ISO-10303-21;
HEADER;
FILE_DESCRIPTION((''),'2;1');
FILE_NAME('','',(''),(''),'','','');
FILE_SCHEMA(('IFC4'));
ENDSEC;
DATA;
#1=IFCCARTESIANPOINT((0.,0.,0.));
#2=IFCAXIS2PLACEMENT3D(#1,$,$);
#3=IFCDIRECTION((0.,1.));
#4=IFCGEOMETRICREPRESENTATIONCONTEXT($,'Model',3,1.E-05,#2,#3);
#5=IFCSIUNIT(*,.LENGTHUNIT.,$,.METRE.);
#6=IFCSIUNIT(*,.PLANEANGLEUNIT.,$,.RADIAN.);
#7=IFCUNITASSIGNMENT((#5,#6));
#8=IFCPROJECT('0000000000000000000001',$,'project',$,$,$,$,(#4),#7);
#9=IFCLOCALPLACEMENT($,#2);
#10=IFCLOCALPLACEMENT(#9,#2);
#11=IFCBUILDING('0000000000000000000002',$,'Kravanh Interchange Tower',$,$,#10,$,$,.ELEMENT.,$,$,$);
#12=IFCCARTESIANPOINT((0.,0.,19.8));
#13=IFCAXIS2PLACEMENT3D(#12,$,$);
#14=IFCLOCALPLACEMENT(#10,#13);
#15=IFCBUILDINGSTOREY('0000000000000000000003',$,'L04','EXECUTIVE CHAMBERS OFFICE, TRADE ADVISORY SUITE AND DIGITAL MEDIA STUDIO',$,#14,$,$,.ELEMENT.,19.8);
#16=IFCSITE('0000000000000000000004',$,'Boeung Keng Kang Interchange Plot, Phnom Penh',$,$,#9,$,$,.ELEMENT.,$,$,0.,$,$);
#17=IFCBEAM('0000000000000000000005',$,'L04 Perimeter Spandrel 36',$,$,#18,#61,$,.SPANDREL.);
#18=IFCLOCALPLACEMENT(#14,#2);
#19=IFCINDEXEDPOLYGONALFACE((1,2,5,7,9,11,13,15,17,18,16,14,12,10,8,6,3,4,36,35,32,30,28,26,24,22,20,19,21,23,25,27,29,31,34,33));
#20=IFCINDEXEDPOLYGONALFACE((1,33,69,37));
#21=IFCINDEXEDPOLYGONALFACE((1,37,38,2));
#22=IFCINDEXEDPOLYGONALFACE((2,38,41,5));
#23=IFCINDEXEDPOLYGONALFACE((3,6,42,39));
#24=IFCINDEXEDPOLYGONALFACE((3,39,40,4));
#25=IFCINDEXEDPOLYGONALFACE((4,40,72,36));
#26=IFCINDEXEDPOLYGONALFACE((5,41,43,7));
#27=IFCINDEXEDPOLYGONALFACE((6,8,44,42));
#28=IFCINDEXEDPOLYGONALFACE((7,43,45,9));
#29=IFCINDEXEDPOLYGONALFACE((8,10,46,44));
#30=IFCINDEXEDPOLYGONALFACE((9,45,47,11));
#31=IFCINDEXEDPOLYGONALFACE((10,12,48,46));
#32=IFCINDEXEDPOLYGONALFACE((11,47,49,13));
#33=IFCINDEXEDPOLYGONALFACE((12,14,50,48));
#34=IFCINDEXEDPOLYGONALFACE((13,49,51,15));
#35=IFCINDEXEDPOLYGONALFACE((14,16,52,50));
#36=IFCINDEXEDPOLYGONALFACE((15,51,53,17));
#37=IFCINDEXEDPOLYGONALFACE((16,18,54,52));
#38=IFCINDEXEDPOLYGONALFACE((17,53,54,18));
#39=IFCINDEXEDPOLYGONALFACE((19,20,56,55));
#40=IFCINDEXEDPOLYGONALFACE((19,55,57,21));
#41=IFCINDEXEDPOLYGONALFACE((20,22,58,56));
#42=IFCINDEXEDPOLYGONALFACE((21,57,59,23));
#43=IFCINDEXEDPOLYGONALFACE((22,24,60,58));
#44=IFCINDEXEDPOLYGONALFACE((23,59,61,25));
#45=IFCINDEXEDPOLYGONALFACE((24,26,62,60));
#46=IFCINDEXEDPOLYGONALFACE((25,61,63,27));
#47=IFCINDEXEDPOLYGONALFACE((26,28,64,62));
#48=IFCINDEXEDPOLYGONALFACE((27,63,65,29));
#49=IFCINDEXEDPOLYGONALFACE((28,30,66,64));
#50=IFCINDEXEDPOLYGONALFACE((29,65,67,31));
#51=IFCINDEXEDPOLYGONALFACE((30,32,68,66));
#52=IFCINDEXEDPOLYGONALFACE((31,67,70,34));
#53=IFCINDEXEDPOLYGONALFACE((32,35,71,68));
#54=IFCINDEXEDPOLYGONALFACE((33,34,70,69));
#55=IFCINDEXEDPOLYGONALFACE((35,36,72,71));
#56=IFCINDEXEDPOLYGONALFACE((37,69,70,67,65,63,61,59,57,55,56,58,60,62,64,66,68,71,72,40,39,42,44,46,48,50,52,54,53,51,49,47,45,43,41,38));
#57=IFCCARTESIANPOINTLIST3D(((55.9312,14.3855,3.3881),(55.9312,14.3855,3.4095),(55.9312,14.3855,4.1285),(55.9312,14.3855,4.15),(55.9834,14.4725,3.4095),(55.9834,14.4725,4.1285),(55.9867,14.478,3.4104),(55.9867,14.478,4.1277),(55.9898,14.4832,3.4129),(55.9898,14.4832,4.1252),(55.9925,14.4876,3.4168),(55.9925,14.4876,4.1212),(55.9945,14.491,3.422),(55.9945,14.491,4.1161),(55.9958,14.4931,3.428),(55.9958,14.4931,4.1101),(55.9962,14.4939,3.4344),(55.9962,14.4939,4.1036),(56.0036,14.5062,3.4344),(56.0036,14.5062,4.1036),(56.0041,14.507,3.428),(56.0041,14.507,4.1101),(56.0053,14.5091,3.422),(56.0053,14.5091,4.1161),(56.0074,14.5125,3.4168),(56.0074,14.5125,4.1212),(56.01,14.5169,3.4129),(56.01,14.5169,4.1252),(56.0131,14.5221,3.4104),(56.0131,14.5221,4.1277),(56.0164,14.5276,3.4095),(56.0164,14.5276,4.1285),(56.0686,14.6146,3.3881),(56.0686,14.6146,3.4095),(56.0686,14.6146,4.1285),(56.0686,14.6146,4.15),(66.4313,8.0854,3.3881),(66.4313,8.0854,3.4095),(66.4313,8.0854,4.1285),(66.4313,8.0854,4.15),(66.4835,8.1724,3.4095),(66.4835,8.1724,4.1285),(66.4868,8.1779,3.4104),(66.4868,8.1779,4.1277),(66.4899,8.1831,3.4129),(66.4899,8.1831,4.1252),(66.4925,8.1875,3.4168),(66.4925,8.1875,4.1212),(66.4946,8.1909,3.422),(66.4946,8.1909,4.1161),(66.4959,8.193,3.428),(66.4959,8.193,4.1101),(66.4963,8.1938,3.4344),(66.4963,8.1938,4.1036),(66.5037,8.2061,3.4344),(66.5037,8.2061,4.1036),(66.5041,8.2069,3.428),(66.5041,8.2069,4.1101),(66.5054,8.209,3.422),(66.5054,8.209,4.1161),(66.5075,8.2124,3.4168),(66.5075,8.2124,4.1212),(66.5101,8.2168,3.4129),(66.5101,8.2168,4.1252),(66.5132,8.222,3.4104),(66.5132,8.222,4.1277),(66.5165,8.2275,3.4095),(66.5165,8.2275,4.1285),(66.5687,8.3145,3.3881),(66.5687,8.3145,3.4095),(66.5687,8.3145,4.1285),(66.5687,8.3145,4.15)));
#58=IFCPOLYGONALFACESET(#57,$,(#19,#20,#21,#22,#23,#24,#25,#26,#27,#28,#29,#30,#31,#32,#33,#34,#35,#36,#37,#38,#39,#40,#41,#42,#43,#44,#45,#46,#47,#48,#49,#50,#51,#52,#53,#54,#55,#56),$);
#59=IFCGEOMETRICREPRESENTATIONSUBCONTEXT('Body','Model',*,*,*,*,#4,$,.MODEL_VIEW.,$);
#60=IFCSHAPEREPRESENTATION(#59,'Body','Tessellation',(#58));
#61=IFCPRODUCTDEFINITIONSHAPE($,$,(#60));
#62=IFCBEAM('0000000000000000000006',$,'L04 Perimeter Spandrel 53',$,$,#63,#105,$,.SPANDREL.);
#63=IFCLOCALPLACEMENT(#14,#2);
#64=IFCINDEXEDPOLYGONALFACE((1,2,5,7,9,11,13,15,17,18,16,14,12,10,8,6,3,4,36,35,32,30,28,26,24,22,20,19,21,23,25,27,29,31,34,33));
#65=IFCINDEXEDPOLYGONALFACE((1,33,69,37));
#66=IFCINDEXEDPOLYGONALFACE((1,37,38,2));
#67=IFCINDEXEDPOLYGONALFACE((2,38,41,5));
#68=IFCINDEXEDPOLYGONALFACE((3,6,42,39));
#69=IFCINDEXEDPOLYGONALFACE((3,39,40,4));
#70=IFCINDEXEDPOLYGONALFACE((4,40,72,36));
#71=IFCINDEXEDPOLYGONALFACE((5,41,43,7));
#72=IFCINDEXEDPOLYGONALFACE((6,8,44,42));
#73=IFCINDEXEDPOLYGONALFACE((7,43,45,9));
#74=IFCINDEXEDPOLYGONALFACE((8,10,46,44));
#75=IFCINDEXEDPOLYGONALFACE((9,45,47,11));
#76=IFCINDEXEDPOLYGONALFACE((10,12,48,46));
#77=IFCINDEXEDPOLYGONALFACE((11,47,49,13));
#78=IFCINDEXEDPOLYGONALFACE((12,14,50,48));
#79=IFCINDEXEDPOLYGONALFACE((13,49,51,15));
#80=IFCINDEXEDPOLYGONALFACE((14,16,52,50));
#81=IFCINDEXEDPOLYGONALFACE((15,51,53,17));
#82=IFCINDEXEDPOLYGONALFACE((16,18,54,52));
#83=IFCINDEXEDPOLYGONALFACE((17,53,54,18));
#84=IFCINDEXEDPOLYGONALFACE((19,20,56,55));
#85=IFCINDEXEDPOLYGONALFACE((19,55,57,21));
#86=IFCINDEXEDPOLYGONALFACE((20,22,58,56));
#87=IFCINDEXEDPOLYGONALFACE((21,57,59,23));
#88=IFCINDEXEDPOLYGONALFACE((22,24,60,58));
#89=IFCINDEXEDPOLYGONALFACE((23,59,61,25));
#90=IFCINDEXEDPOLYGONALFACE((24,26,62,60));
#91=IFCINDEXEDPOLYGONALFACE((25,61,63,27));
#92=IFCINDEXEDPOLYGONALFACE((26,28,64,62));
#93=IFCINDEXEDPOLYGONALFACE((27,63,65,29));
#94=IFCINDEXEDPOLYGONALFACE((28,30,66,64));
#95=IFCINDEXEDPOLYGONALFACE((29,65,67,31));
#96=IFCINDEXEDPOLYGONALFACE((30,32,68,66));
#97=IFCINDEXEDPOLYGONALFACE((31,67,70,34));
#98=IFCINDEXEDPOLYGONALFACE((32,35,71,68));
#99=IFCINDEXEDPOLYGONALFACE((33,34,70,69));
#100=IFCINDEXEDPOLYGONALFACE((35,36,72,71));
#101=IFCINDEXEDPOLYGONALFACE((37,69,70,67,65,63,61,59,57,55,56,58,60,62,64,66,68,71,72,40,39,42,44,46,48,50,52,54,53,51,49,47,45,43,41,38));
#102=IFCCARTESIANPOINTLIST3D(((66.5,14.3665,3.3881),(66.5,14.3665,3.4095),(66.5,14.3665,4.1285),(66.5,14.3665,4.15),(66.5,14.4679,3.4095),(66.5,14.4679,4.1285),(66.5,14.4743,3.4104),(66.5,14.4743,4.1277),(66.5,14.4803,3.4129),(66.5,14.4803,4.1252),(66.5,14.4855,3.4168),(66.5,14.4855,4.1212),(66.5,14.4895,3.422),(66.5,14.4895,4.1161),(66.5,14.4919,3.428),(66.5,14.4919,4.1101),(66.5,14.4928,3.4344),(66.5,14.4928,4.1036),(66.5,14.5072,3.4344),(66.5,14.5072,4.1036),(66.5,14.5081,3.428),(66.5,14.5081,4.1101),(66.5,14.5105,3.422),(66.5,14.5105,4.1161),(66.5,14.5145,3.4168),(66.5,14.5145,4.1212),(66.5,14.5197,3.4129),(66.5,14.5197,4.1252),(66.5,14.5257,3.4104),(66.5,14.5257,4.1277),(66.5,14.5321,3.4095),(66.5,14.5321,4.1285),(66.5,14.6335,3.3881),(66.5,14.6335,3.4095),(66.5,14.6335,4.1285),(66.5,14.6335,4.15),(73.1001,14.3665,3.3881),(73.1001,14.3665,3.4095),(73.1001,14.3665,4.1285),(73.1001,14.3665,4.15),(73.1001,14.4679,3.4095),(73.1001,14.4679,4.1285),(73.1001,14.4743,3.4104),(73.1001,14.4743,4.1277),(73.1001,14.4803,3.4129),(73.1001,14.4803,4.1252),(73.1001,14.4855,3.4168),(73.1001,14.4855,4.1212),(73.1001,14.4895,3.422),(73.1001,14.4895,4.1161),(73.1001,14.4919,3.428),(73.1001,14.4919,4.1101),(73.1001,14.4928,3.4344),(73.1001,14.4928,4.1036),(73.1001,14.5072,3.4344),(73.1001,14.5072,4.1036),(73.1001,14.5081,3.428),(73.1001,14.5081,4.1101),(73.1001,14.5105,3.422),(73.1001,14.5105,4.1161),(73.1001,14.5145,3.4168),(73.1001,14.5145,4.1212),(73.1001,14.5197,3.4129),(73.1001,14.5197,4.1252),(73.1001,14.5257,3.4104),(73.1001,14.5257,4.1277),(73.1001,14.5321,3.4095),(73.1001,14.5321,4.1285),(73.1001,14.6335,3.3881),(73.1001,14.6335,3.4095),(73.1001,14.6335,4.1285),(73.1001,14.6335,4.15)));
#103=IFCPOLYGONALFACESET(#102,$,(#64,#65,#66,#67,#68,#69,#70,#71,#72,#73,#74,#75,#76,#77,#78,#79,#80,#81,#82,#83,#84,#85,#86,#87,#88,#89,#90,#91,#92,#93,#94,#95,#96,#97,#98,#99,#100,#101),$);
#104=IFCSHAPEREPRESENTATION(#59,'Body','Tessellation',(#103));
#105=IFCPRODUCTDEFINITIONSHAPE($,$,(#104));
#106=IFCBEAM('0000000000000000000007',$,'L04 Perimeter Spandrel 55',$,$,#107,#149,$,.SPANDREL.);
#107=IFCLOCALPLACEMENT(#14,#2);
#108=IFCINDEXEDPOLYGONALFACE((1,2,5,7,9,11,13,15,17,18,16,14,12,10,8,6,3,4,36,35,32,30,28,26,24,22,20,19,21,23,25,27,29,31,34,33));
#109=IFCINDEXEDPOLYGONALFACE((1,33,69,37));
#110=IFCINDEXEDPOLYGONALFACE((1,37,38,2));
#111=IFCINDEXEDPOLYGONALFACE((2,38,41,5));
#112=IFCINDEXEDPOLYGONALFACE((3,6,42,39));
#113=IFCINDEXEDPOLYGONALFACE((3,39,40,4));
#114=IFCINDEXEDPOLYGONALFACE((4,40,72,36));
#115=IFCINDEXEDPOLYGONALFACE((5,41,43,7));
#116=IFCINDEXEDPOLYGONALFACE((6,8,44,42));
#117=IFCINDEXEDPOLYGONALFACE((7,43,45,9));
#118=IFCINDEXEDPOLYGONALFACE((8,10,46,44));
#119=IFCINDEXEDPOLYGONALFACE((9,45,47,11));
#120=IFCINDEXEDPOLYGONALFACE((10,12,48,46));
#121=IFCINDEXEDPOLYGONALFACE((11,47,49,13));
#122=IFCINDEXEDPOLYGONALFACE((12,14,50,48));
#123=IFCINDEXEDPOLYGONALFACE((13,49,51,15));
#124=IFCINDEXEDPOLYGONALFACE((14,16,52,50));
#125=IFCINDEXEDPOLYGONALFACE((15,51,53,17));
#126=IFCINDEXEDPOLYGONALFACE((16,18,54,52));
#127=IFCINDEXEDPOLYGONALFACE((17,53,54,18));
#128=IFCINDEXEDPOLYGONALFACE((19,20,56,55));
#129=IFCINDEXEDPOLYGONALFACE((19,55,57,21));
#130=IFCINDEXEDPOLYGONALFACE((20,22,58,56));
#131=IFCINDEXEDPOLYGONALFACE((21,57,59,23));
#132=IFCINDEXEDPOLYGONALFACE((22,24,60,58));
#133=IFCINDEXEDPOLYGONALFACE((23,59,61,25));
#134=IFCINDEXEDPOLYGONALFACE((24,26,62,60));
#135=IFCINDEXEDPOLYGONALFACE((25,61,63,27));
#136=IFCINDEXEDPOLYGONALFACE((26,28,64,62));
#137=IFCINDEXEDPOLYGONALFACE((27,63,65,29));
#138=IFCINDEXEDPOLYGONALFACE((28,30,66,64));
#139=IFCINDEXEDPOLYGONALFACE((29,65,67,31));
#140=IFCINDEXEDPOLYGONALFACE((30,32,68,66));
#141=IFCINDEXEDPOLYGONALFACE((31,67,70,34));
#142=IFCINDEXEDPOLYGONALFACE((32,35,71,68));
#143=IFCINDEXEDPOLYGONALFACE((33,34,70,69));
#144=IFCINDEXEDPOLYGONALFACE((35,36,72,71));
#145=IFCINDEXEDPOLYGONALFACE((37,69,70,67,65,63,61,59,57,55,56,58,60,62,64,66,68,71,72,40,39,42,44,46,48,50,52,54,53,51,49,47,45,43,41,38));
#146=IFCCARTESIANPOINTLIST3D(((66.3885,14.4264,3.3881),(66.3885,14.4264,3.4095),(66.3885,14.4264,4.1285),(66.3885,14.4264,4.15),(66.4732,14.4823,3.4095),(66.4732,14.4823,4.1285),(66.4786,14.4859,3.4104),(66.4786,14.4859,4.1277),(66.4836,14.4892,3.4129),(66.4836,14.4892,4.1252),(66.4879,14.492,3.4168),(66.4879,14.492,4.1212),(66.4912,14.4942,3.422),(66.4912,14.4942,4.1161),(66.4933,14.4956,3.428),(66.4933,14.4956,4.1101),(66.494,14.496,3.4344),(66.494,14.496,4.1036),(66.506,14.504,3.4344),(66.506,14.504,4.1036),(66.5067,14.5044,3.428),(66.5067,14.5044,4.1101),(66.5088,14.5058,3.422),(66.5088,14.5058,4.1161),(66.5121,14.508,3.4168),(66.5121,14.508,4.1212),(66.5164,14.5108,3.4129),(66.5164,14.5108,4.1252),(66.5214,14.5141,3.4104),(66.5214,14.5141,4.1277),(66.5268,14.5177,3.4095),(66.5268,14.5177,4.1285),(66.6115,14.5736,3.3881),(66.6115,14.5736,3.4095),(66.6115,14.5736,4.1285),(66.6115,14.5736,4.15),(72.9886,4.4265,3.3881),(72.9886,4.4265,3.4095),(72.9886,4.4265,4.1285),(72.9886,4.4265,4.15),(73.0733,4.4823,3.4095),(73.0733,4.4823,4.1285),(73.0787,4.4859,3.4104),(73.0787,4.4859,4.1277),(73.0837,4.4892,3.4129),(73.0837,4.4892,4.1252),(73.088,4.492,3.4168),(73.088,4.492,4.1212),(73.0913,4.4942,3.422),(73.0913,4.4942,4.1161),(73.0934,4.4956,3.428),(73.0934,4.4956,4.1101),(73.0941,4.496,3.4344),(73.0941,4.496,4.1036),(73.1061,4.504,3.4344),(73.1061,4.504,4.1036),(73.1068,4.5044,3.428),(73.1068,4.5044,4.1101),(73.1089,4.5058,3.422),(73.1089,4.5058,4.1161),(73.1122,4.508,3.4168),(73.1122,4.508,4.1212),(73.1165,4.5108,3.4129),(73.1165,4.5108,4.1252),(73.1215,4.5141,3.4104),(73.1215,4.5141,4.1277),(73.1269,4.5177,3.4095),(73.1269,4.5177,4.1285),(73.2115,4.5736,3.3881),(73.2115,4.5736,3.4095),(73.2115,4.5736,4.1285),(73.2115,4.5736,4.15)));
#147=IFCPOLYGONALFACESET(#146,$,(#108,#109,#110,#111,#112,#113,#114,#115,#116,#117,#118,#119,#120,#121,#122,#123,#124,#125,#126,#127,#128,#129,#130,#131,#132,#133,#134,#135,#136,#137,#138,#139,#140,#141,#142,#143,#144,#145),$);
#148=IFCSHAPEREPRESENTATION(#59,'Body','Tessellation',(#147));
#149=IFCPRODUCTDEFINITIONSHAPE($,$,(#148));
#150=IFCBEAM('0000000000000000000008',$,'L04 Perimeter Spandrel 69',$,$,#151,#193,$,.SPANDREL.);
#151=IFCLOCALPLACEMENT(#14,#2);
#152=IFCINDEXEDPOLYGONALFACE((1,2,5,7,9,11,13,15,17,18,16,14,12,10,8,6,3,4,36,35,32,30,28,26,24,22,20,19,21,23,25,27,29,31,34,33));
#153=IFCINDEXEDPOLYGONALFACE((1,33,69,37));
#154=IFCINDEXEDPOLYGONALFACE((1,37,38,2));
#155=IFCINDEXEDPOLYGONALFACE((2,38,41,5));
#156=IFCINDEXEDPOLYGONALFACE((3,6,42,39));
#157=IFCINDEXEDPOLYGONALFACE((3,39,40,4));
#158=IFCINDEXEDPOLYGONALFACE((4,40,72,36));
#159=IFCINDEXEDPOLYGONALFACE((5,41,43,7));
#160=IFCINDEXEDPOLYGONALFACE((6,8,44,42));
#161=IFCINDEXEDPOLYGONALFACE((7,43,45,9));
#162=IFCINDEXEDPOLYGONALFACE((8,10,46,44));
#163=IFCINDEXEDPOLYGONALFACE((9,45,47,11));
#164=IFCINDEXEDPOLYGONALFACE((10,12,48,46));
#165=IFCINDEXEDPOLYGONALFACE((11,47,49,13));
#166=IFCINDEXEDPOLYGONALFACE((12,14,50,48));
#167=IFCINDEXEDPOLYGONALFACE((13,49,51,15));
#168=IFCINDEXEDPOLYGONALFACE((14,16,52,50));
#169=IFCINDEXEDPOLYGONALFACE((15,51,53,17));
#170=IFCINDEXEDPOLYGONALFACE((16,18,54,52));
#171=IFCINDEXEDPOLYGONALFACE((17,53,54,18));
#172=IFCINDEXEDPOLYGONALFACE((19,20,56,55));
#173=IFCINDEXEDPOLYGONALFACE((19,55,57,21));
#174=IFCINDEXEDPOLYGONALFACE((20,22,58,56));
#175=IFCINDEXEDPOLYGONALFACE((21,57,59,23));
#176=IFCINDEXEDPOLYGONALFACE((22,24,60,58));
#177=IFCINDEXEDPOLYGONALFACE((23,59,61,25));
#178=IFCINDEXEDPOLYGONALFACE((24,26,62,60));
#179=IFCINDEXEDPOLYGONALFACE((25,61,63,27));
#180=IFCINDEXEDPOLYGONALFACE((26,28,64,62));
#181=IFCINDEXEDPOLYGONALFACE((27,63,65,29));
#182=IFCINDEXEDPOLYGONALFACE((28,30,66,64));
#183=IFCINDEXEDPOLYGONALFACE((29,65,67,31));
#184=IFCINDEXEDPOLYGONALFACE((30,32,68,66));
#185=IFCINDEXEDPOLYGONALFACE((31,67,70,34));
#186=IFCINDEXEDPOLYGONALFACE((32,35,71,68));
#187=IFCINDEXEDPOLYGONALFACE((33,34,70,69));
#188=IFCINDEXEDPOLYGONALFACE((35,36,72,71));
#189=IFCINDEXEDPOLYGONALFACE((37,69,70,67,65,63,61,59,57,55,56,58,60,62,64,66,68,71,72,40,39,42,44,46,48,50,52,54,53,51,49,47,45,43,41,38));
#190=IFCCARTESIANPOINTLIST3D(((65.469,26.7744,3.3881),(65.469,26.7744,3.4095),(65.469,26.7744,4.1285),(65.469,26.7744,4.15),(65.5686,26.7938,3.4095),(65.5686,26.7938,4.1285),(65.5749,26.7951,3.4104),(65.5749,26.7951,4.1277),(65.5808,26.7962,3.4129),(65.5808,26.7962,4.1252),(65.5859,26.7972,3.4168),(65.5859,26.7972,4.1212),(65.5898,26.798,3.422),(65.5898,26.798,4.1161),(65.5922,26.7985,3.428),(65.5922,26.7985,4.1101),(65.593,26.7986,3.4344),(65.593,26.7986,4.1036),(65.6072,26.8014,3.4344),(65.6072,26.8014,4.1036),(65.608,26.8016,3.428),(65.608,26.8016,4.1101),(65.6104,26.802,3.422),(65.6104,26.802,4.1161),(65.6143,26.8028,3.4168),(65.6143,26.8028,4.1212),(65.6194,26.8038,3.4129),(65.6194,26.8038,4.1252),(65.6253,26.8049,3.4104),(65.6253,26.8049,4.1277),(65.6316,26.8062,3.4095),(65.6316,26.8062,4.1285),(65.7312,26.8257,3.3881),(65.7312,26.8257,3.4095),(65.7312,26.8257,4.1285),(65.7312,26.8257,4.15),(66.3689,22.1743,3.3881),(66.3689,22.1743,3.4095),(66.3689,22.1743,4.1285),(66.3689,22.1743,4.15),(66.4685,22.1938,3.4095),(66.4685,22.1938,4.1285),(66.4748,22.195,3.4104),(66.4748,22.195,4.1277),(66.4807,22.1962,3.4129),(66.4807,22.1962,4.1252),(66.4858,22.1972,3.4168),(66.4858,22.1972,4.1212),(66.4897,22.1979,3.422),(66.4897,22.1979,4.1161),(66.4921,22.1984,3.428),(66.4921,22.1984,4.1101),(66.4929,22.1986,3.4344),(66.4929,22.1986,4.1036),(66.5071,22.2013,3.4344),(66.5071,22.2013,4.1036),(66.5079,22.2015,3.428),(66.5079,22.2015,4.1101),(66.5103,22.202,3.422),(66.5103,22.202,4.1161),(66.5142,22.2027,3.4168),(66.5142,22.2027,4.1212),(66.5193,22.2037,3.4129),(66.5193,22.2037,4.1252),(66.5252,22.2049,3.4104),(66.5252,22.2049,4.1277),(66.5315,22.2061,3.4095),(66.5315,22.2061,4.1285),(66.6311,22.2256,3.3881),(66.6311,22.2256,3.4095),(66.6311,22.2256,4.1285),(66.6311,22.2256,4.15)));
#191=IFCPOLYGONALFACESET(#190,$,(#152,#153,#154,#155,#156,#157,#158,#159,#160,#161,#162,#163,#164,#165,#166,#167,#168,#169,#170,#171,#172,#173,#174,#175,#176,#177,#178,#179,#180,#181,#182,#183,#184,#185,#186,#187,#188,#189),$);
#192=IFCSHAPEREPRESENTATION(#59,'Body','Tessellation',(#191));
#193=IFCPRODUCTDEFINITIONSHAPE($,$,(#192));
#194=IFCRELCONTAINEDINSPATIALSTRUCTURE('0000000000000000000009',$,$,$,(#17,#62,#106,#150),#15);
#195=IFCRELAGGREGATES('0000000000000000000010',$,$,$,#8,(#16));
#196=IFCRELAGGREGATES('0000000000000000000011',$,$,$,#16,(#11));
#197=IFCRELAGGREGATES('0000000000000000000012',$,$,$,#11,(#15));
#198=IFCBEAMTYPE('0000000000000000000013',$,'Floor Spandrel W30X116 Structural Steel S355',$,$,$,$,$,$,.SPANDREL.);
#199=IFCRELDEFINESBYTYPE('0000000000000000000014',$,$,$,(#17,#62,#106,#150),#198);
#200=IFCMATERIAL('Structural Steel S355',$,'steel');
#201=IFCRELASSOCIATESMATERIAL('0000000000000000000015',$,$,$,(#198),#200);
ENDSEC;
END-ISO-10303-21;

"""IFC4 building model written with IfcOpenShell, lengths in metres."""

from ifc_helpers import new_model, si_unit, direction, frame, origin, origin_2d, place, context, subcontext, project, spatial, i_section, extrude, material, material_profile, profile_set, type_object, element, save


model = new_model("IFC4")

# Units and contexts
model_context = context("Model", 3, precision=1e-05, world=origin(), true_north=direction((0.0, 1.0)))
body_context = subcontext(model_context, "Body", "Model", "MODEL_VIEW")
ifc_project = project(units=[si_unit("LENGTHUNIT", "METRE"), si_unit("PLANEANGLEUNIT", "RADIAN")], contexts=[model_context])

# Site, building, storey
site_placement = place(None, origin())
site = spatial("IfcSite", under=ifc_project, at=site_placement, Name="Boeung Keng Kang Interchange Plot, Phnom Penh", CompositionType="ELEMENT", RefElevation=0.0)
building_placement = place(site_placement, origin())
building = spatial("IfcBuilding", under=site, at=building_placement, Name="Kravanh Interchange Tower", CompositionType="ELEMENT")
storey_placement = place(building_placement, frame((0.0, 0.0, 19.8)))
storey = spatial("IfcBuildingStorey", under=building, at=storey_placement, Name="L04", Description="EXECUTIVE CHAMBERS OFFICE, TRADE ADVISORY SUITE AND DIGITAL MEDIA STUDIO", CompositionType="ELEMENT", Elevation=19.8)

# Beams
ifc_material_1 = material(Name="Structural Steel S355", Category="steel")
ifc_material_profile_1 = material_profile(ifc_material_1, i_section(OverallWidth=0.2671, OverallDepth=0.762, WebThickness=0.0144, FlangeThickness=0.0215, FilletRadius=0.0249, at=origin_2d()), Name="W30X116")
ifc_profile_set_1 = profile_set([ifc_material_profile_1], Name="Structural Steel S355")
beam_type_1 = type_object("IfcBeamType", Name="Floor Spandrel W30X116 Structural Steel S355", PredefinedType="SPANDREL", material=ifc_profile_set_1)
beam_1_placement = place(storey_placement, frame((66.5, 8.2, 3.769), z_axis=(-0.857491, 0.514499, 0.0), x_axis=(-0.514499, -0.857491, 0.0)))
element("IfcBeam", 1, at=beam_1_placement, inside=storey, type_object=beam_type_1, Name="L04 Perimeter Spandrel 36", PredefinedType="SPANDREL", context=body_context, shape_type="SweptSolid", body=[
    extrude(i_section(OverallWidth=0.2671, OverallDepth=0.762, WebThickness=0.0144, FlangeThickness=0.0215, FilletRadius=0.0249, at=origin_2d()), origin(), (0.0, 0.0, 1.0), 12.2451),
])
beam_2_placement = place(storey_placement, frame((66.5, 14.5, 3.769), z_axis=(1.0, 0.0, 0.0), x_axis=(0.0, 1.0, 0.0)))
element("IfcBeam", 2, at=beam_2_placement, inside=storey, type_object=beam_type_1, Name="L04 Perimeter Spandrel 53", PredefinedType="SPANDREL", context=body_context, shape_type="SweptSolid", body=[
    extrude(i_section(OverallWidth=0.2671, OverallDepth=0.762, WebThickness=0.0144, FlangeThickness=0.0215, FilletRadius=0.0249, at=origin_2d()), origin(), (0.0, 0.0, 1.0), 6.6001),
])
beam_3_placement = place(storey_placement, frame((66.5, 14.5, 3.769), z_axis=(0.550848, -0.834606, 0.0), x_axis=(0.834606, 0.550848, 0.0)))
element("IfcBeam", 3, at=beam_3_placement, inside=storey, type_object=beam_type_1, Name="L04 Perimeter Spandrel 55", PredefinedType="SPANDREL", context=body_context, shape_type="SweptSolid", body=[
    extrude(i_section(OverallWidth=0.2671, OverallDepth=0.762, WebThickness=0.0144, FlangeThickness=0.0215, FilletRadius=0.0249, at=origin_2d()), origin(), (0.0, 0.0, 1.0), 11.9817),
])
beam_4_placement = place(storey_placement, frame((66.5, 22.2, 3.769), z_axis=(-0.191988, 0.981397, 0.0), x_axis=(-0.981397, -0.191988, 0.0)))
element("IfcBeam", 4, at=beam_4_placement, inside=storey, type_object=beam_type_1, Name="L04 Perimeter Spandrel 69", PredefinedType="SPANDREL", context=body_context, shape_type="SweptSolid", body=[
    extrude(i_section(OverallWidth=0.2671, OverallDepth=0.762, WebThickness=0.0144, FlangeThickness=0.0215, FilletRadius=0.0249, at=origin_2d()), origin(), (0.0, 0.0, 1.0), 4.6873),
])

save(model, "model.ifc")
